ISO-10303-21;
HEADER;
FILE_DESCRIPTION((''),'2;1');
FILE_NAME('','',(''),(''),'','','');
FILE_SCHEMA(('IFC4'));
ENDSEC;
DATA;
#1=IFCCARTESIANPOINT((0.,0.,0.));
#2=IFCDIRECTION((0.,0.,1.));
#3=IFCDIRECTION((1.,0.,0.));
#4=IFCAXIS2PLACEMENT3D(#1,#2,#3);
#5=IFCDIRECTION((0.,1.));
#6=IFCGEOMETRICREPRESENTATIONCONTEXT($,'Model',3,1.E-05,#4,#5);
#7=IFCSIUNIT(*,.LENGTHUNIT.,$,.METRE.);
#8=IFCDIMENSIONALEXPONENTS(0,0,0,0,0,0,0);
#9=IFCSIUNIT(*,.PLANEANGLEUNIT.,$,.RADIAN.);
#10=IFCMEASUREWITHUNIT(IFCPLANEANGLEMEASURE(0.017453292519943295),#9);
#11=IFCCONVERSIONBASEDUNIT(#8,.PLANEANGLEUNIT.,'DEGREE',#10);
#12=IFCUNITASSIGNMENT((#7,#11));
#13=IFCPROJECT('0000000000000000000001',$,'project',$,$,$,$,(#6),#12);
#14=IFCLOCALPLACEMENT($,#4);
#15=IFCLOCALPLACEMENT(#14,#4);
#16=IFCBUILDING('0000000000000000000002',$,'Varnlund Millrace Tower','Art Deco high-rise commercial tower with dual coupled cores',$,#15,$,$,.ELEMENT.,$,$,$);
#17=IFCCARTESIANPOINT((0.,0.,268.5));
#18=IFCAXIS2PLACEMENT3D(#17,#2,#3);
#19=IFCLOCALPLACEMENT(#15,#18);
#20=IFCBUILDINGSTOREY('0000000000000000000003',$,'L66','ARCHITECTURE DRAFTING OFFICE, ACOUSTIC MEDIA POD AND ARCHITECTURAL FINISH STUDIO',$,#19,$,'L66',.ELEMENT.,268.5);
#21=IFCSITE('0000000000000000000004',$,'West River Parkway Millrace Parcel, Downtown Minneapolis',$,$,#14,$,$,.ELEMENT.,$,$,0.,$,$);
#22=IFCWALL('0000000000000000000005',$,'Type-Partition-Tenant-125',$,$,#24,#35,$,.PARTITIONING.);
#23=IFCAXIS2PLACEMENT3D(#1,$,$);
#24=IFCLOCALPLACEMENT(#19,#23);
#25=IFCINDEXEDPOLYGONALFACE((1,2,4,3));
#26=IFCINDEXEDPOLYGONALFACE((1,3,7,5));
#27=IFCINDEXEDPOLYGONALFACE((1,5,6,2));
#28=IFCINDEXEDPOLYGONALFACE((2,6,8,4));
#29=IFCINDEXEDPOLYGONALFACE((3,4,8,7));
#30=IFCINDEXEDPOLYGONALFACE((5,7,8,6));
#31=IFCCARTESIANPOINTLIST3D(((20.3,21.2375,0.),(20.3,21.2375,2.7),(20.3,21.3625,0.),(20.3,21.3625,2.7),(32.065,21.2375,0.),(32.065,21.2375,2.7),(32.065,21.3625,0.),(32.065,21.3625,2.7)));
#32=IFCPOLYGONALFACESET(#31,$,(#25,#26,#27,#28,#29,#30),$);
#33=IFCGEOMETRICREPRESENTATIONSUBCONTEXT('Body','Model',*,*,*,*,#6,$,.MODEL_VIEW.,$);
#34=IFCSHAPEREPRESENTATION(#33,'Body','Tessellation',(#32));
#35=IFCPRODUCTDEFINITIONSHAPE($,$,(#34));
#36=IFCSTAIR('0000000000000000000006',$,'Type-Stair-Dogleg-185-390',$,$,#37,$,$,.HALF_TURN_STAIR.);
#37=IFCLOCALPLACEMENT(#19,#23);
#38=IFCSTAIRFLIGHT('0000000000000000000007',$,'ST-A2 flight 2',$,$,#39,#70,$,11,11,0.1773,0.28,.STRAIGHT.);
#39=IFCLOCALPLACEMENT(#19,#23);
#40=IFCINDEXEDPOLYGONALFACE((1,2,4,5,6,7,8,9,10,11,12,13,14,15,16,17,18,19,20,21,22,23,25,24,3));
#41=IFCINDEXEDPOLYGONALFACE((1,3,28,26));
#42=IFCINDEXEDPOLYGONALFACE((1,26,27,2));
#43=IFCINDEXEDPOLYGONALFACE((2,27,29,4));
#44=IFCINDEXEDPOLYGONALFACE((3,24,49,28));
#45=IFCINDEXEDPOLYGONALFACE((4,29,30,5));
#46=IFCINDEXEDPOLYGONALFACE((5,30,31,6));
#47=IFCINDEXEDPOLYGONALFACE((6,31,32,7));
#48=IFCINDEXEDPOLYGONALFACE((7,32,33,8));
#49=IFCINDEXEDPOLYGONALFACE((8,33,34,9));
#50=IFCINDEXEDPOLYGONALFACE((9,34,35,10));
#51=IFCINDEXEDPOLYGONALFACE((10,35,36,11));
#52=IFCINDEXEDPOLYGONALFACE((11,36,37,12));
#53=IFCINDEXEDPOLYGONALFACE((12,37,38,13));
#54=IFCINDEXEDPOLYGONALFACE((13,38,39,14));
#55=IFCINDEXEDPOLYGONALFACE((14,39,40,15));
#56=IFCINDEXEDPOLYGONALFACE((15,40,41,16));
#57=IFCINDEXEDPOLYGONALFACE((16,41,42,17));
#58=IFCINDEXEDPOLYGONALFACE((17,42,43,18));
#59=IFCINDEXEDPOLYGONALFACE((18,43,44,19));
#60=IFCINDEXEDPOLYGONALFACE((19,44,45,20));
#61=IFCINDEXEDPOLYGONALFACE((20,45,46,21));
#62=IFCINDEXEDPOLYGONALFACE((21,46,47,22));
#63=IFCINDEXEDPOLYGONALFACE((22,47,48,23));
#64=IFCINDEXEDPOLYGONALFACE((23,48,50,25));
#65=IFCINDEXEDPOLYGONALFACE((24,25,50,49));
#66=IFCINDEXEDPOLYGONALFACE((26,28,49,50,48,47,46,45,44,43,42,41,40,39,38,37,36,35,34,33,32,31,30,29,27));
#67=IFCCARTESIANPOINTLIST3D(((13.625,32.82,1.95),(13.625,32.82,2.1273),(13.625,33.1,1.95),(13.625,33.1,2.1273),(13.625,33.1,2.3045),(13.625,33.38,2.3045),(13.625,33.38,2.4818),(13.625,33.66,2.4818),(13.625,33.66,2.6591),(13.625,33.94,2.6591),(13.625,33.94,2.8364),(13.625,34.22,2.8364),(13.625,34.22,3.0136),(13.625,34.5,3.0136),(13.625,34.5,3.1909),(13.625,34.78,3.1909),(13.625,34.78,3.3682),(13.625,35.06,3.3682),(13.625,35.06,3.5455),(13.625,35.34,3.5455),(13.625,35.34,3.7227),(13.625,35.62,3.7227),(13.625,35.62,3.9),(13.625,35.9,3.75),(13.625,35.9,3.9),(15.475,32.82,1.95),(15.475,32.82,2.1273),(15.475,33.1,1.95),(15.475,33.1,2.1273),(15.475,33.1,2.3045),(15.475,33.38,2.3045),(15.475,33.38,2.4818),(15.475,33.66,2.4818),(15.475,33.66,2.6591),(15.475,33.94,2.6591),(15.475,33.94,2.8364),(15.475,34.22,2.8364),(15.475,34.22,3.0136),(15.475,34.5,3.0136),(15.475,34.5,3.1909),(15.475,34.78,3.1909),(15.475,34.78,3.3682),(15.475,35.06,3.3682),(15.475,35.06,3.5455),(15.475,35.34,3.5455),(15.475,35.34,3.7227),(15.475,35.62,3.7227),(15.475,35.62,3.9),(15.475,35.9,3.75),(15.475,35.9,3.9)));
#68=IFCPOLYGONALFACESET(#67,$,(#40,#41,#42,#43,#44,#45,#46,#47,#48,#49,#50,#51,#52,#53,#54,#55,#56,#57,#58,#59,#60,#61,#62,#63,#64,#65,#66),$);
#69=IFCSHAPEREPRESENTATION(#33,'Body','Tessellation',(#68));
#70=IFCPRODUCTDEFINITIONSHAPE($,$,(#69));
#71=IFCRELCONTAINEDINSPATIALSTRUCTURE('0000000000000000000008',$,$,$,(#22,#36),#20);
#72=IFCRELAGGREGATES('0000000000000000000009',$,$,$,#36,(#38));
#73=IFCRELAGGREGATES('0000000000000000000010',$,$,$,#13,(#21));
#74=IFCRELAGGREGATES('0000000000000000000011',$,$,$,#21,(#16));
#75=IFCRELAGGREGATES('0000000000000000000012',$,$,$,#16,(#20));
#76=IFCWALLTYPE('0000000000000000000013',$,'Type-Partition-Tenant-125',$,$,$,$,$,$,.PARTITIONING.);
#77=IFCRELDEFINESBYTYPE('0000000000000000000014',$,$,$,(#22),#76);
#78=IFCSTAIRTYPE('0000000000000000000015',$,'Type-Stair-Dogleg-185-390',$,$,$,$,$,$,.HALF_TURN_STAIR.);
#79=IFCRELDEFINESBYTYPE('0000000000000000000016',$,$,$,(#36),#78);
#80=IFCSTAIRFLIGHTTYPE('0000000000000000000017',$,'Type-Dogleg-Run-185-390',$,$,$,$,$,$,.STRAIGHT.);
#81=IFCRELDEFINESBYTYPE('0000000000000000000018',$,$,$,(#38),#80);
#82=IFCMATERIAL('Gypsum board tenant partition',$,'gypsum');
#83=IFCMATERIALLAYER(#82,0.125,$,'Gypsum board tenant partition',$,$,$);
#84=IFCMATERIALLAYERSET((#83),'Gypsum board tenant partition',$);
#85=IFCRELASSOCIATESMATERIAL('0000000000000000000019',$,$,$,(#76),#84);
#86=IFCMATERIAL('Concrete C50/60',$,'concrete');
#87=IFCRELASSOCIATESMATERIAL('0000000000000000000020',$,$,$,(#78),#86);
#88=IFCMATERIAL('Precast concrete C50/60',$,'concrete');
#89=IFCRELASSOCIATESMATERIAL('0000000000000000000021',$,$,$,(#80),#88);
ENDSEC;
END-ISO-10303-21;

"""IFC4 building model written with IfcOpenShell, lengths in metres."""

from ifc_helpers import new_model, entity, si_unit, converted_unit, direction, frame, origin_with_axes, place, context, subcontext, project, spatial, polyline, outline, extrude, material, layer, layer_set, type_object, element, aggregate, save


model = new_model("IFC4")

# Units and contexts
model_context = context("Model", 3, precision=1e-05, world=origin_with_axes(), true_north=direction((0.0, 1.0)))
body_context = subcontext(model_context, "Body", "Model", "MODEL_VIEW")
ifc_project = project(units=[si_unit("LENGTHUNIT", "METRE"), converted_unit("PLANEANGLEUNIT", "DEGREE", entity("IfcPlaneAngleMeasure", 0.017453292519943295), si_unit("PLANEANGLEUNIT", "RADIAN"), dimensions=[0, 0, 0, 0, 0, 0, 0])], contexts=[model_context])

# Site, building, storey
site_placement = place(None, origin_with_axes())
site = spatial("IfcSite", under=ifc_project, at=site_placement, Name="West River Parkway Millrace Parcel, Downtown Minneapolis", CompositionType="ELEMENT", RefElevation=0.0)
building_placement = place(site_placement, origin_with_axes())
building = spatial("IfcBuilding", under=site, at=building_placement, Name="Varnlund Millrace Tower", Description="Art Deco high-rise commercial tower with dual coupled cores", CompositionType="ELEMENT")
storey_placement = place(building_placement, frame((0.0, 0.0, 268.5), z_axis=(0.0, 0.0, 1.0), x_axis=(1.0, 0.0, 0.0)))
storey = spatial("IfcBuildingStorey", under=building, at=storey_placement, Name="L66", Description="ARCHITECTURE DRAFTING OFFICE, ACOUSTIC MEDIA POD AND ARCHITECTURAL FINISH STUDIO", LongName="L66", CompositionType="ELEMENT", Elevation=268.5)

# Shared definitions
ifc_material_1 = material(Name="Precast concrete C50/60", Category="concrete")

# Wall
ifc_material_2 = material(Name="Gypsum board tenant partition", Category="gypsum")
ifc_layer_1 = layer(ifc_material_2, 0.125, Name="Gypsum board tenant partition")
ifc_layer_set_1 = layer_set([ifc_layer_1], Name="Gypsum board tenant partition")
wall_type_1 = type_object("IfcWallType", Name="Type-Partition-Tenant-125", PredefinedType="PARTITIONING", material=ifc_layer_set_1)
wall_1_placement = place(storey_placement, frame((20.3, 21.3, 0.0), z_axis=(0.0, 0.0, 1.0), x_axis=(1.0, 0.0, 0.0)))
element("IfcWall", 1, at=wall_1_placement, inside=storey, type_object=wall_type_1, Name="Type-Partition-Tenant-125", PredefinedType="PARTITIONING", context=body_context, shape_type="SweptSolid", body=[
    extrude(outline(polyline([(0.0, -0.0625), (11.765, -0.0625), (11.765, 0.0625), (0.0, 0.0625), (0.0, -0.0625)])), origin_with_axes(), (0.0, 0.0, 1.0), 2.7),
])

# Stair, stair flight
ifc_material_3 = material(Name="Concrete C50/60", Category="concrete")
stair_type = type_object("IfcStairType", Name="Type-Stair-Dogleg-185-390", PredefinedType="HALF_TURN_STAIR", material=ifc_material_3)
stair_placement = place(storey_placement, origin_with_axes())
stair = element("IfcStair", 2, at=stair_placement, inside=storey, type_object=stair_type, Name="Type-Stair-Dogleg-185-390", PredefinedType="HALF_TURN_STAIR")
stair_flight_type = type_object("IfcStairFlightType", Name="Type-Dogleg-Run-185-390", PredefinedType="STRAIGHT", material=ifc_material_1)
stair_flight_placement = place(storey_placement, frame((13.625, 32.82, 1.95), z_axis=(1.0, 0.0, 0.0), x_axis=(0.0, 1.0, 0.0)))
stair_flight = element("IfcStairFlight", 3, at=stair_flight_placement, type_object=stair_flight_type, Name="ST-A2 flight 2", NumberOfRisers=11, NumberOfTreads=11, PredefinedType="STRAIGHT", RiserHeight=0.1773, TreadLength=0.28, context=body_context, shape_type="SweptSolid", body=[
    extrude(outline(polyline([(0.0, 0.0), (0.0, 0.1773), (0.28, 0.1773), (0.28, 0.3545), (0.56, 0.3545), (0.56, 0.5318), (0.84, 0.5318), (0.84, 0.7091), (1.12, 0.7091), (1.12, 0.8864), (1.4, 0.8864), (1.4, 1.0636), (1.68, 1.0636), (1.68, 1.2409), (1.96, 1.2409), (1.96, 1.4182), (2.24, 1.4182), (2.24, 1.5955), (2.52, 1.5955), (2.52, 1.7727), (2.8, 1.7727), (2.8, 1.95), (3.08, 1.95), (3.08, 1.8), (0.28, 0.0), (0.0, 0.0)])), origin_with_axes(), (0.0, 0.0, 1.0), 1.85),
])
aggregate(stair, [stair_flight])

save(model, "model.ifc")
